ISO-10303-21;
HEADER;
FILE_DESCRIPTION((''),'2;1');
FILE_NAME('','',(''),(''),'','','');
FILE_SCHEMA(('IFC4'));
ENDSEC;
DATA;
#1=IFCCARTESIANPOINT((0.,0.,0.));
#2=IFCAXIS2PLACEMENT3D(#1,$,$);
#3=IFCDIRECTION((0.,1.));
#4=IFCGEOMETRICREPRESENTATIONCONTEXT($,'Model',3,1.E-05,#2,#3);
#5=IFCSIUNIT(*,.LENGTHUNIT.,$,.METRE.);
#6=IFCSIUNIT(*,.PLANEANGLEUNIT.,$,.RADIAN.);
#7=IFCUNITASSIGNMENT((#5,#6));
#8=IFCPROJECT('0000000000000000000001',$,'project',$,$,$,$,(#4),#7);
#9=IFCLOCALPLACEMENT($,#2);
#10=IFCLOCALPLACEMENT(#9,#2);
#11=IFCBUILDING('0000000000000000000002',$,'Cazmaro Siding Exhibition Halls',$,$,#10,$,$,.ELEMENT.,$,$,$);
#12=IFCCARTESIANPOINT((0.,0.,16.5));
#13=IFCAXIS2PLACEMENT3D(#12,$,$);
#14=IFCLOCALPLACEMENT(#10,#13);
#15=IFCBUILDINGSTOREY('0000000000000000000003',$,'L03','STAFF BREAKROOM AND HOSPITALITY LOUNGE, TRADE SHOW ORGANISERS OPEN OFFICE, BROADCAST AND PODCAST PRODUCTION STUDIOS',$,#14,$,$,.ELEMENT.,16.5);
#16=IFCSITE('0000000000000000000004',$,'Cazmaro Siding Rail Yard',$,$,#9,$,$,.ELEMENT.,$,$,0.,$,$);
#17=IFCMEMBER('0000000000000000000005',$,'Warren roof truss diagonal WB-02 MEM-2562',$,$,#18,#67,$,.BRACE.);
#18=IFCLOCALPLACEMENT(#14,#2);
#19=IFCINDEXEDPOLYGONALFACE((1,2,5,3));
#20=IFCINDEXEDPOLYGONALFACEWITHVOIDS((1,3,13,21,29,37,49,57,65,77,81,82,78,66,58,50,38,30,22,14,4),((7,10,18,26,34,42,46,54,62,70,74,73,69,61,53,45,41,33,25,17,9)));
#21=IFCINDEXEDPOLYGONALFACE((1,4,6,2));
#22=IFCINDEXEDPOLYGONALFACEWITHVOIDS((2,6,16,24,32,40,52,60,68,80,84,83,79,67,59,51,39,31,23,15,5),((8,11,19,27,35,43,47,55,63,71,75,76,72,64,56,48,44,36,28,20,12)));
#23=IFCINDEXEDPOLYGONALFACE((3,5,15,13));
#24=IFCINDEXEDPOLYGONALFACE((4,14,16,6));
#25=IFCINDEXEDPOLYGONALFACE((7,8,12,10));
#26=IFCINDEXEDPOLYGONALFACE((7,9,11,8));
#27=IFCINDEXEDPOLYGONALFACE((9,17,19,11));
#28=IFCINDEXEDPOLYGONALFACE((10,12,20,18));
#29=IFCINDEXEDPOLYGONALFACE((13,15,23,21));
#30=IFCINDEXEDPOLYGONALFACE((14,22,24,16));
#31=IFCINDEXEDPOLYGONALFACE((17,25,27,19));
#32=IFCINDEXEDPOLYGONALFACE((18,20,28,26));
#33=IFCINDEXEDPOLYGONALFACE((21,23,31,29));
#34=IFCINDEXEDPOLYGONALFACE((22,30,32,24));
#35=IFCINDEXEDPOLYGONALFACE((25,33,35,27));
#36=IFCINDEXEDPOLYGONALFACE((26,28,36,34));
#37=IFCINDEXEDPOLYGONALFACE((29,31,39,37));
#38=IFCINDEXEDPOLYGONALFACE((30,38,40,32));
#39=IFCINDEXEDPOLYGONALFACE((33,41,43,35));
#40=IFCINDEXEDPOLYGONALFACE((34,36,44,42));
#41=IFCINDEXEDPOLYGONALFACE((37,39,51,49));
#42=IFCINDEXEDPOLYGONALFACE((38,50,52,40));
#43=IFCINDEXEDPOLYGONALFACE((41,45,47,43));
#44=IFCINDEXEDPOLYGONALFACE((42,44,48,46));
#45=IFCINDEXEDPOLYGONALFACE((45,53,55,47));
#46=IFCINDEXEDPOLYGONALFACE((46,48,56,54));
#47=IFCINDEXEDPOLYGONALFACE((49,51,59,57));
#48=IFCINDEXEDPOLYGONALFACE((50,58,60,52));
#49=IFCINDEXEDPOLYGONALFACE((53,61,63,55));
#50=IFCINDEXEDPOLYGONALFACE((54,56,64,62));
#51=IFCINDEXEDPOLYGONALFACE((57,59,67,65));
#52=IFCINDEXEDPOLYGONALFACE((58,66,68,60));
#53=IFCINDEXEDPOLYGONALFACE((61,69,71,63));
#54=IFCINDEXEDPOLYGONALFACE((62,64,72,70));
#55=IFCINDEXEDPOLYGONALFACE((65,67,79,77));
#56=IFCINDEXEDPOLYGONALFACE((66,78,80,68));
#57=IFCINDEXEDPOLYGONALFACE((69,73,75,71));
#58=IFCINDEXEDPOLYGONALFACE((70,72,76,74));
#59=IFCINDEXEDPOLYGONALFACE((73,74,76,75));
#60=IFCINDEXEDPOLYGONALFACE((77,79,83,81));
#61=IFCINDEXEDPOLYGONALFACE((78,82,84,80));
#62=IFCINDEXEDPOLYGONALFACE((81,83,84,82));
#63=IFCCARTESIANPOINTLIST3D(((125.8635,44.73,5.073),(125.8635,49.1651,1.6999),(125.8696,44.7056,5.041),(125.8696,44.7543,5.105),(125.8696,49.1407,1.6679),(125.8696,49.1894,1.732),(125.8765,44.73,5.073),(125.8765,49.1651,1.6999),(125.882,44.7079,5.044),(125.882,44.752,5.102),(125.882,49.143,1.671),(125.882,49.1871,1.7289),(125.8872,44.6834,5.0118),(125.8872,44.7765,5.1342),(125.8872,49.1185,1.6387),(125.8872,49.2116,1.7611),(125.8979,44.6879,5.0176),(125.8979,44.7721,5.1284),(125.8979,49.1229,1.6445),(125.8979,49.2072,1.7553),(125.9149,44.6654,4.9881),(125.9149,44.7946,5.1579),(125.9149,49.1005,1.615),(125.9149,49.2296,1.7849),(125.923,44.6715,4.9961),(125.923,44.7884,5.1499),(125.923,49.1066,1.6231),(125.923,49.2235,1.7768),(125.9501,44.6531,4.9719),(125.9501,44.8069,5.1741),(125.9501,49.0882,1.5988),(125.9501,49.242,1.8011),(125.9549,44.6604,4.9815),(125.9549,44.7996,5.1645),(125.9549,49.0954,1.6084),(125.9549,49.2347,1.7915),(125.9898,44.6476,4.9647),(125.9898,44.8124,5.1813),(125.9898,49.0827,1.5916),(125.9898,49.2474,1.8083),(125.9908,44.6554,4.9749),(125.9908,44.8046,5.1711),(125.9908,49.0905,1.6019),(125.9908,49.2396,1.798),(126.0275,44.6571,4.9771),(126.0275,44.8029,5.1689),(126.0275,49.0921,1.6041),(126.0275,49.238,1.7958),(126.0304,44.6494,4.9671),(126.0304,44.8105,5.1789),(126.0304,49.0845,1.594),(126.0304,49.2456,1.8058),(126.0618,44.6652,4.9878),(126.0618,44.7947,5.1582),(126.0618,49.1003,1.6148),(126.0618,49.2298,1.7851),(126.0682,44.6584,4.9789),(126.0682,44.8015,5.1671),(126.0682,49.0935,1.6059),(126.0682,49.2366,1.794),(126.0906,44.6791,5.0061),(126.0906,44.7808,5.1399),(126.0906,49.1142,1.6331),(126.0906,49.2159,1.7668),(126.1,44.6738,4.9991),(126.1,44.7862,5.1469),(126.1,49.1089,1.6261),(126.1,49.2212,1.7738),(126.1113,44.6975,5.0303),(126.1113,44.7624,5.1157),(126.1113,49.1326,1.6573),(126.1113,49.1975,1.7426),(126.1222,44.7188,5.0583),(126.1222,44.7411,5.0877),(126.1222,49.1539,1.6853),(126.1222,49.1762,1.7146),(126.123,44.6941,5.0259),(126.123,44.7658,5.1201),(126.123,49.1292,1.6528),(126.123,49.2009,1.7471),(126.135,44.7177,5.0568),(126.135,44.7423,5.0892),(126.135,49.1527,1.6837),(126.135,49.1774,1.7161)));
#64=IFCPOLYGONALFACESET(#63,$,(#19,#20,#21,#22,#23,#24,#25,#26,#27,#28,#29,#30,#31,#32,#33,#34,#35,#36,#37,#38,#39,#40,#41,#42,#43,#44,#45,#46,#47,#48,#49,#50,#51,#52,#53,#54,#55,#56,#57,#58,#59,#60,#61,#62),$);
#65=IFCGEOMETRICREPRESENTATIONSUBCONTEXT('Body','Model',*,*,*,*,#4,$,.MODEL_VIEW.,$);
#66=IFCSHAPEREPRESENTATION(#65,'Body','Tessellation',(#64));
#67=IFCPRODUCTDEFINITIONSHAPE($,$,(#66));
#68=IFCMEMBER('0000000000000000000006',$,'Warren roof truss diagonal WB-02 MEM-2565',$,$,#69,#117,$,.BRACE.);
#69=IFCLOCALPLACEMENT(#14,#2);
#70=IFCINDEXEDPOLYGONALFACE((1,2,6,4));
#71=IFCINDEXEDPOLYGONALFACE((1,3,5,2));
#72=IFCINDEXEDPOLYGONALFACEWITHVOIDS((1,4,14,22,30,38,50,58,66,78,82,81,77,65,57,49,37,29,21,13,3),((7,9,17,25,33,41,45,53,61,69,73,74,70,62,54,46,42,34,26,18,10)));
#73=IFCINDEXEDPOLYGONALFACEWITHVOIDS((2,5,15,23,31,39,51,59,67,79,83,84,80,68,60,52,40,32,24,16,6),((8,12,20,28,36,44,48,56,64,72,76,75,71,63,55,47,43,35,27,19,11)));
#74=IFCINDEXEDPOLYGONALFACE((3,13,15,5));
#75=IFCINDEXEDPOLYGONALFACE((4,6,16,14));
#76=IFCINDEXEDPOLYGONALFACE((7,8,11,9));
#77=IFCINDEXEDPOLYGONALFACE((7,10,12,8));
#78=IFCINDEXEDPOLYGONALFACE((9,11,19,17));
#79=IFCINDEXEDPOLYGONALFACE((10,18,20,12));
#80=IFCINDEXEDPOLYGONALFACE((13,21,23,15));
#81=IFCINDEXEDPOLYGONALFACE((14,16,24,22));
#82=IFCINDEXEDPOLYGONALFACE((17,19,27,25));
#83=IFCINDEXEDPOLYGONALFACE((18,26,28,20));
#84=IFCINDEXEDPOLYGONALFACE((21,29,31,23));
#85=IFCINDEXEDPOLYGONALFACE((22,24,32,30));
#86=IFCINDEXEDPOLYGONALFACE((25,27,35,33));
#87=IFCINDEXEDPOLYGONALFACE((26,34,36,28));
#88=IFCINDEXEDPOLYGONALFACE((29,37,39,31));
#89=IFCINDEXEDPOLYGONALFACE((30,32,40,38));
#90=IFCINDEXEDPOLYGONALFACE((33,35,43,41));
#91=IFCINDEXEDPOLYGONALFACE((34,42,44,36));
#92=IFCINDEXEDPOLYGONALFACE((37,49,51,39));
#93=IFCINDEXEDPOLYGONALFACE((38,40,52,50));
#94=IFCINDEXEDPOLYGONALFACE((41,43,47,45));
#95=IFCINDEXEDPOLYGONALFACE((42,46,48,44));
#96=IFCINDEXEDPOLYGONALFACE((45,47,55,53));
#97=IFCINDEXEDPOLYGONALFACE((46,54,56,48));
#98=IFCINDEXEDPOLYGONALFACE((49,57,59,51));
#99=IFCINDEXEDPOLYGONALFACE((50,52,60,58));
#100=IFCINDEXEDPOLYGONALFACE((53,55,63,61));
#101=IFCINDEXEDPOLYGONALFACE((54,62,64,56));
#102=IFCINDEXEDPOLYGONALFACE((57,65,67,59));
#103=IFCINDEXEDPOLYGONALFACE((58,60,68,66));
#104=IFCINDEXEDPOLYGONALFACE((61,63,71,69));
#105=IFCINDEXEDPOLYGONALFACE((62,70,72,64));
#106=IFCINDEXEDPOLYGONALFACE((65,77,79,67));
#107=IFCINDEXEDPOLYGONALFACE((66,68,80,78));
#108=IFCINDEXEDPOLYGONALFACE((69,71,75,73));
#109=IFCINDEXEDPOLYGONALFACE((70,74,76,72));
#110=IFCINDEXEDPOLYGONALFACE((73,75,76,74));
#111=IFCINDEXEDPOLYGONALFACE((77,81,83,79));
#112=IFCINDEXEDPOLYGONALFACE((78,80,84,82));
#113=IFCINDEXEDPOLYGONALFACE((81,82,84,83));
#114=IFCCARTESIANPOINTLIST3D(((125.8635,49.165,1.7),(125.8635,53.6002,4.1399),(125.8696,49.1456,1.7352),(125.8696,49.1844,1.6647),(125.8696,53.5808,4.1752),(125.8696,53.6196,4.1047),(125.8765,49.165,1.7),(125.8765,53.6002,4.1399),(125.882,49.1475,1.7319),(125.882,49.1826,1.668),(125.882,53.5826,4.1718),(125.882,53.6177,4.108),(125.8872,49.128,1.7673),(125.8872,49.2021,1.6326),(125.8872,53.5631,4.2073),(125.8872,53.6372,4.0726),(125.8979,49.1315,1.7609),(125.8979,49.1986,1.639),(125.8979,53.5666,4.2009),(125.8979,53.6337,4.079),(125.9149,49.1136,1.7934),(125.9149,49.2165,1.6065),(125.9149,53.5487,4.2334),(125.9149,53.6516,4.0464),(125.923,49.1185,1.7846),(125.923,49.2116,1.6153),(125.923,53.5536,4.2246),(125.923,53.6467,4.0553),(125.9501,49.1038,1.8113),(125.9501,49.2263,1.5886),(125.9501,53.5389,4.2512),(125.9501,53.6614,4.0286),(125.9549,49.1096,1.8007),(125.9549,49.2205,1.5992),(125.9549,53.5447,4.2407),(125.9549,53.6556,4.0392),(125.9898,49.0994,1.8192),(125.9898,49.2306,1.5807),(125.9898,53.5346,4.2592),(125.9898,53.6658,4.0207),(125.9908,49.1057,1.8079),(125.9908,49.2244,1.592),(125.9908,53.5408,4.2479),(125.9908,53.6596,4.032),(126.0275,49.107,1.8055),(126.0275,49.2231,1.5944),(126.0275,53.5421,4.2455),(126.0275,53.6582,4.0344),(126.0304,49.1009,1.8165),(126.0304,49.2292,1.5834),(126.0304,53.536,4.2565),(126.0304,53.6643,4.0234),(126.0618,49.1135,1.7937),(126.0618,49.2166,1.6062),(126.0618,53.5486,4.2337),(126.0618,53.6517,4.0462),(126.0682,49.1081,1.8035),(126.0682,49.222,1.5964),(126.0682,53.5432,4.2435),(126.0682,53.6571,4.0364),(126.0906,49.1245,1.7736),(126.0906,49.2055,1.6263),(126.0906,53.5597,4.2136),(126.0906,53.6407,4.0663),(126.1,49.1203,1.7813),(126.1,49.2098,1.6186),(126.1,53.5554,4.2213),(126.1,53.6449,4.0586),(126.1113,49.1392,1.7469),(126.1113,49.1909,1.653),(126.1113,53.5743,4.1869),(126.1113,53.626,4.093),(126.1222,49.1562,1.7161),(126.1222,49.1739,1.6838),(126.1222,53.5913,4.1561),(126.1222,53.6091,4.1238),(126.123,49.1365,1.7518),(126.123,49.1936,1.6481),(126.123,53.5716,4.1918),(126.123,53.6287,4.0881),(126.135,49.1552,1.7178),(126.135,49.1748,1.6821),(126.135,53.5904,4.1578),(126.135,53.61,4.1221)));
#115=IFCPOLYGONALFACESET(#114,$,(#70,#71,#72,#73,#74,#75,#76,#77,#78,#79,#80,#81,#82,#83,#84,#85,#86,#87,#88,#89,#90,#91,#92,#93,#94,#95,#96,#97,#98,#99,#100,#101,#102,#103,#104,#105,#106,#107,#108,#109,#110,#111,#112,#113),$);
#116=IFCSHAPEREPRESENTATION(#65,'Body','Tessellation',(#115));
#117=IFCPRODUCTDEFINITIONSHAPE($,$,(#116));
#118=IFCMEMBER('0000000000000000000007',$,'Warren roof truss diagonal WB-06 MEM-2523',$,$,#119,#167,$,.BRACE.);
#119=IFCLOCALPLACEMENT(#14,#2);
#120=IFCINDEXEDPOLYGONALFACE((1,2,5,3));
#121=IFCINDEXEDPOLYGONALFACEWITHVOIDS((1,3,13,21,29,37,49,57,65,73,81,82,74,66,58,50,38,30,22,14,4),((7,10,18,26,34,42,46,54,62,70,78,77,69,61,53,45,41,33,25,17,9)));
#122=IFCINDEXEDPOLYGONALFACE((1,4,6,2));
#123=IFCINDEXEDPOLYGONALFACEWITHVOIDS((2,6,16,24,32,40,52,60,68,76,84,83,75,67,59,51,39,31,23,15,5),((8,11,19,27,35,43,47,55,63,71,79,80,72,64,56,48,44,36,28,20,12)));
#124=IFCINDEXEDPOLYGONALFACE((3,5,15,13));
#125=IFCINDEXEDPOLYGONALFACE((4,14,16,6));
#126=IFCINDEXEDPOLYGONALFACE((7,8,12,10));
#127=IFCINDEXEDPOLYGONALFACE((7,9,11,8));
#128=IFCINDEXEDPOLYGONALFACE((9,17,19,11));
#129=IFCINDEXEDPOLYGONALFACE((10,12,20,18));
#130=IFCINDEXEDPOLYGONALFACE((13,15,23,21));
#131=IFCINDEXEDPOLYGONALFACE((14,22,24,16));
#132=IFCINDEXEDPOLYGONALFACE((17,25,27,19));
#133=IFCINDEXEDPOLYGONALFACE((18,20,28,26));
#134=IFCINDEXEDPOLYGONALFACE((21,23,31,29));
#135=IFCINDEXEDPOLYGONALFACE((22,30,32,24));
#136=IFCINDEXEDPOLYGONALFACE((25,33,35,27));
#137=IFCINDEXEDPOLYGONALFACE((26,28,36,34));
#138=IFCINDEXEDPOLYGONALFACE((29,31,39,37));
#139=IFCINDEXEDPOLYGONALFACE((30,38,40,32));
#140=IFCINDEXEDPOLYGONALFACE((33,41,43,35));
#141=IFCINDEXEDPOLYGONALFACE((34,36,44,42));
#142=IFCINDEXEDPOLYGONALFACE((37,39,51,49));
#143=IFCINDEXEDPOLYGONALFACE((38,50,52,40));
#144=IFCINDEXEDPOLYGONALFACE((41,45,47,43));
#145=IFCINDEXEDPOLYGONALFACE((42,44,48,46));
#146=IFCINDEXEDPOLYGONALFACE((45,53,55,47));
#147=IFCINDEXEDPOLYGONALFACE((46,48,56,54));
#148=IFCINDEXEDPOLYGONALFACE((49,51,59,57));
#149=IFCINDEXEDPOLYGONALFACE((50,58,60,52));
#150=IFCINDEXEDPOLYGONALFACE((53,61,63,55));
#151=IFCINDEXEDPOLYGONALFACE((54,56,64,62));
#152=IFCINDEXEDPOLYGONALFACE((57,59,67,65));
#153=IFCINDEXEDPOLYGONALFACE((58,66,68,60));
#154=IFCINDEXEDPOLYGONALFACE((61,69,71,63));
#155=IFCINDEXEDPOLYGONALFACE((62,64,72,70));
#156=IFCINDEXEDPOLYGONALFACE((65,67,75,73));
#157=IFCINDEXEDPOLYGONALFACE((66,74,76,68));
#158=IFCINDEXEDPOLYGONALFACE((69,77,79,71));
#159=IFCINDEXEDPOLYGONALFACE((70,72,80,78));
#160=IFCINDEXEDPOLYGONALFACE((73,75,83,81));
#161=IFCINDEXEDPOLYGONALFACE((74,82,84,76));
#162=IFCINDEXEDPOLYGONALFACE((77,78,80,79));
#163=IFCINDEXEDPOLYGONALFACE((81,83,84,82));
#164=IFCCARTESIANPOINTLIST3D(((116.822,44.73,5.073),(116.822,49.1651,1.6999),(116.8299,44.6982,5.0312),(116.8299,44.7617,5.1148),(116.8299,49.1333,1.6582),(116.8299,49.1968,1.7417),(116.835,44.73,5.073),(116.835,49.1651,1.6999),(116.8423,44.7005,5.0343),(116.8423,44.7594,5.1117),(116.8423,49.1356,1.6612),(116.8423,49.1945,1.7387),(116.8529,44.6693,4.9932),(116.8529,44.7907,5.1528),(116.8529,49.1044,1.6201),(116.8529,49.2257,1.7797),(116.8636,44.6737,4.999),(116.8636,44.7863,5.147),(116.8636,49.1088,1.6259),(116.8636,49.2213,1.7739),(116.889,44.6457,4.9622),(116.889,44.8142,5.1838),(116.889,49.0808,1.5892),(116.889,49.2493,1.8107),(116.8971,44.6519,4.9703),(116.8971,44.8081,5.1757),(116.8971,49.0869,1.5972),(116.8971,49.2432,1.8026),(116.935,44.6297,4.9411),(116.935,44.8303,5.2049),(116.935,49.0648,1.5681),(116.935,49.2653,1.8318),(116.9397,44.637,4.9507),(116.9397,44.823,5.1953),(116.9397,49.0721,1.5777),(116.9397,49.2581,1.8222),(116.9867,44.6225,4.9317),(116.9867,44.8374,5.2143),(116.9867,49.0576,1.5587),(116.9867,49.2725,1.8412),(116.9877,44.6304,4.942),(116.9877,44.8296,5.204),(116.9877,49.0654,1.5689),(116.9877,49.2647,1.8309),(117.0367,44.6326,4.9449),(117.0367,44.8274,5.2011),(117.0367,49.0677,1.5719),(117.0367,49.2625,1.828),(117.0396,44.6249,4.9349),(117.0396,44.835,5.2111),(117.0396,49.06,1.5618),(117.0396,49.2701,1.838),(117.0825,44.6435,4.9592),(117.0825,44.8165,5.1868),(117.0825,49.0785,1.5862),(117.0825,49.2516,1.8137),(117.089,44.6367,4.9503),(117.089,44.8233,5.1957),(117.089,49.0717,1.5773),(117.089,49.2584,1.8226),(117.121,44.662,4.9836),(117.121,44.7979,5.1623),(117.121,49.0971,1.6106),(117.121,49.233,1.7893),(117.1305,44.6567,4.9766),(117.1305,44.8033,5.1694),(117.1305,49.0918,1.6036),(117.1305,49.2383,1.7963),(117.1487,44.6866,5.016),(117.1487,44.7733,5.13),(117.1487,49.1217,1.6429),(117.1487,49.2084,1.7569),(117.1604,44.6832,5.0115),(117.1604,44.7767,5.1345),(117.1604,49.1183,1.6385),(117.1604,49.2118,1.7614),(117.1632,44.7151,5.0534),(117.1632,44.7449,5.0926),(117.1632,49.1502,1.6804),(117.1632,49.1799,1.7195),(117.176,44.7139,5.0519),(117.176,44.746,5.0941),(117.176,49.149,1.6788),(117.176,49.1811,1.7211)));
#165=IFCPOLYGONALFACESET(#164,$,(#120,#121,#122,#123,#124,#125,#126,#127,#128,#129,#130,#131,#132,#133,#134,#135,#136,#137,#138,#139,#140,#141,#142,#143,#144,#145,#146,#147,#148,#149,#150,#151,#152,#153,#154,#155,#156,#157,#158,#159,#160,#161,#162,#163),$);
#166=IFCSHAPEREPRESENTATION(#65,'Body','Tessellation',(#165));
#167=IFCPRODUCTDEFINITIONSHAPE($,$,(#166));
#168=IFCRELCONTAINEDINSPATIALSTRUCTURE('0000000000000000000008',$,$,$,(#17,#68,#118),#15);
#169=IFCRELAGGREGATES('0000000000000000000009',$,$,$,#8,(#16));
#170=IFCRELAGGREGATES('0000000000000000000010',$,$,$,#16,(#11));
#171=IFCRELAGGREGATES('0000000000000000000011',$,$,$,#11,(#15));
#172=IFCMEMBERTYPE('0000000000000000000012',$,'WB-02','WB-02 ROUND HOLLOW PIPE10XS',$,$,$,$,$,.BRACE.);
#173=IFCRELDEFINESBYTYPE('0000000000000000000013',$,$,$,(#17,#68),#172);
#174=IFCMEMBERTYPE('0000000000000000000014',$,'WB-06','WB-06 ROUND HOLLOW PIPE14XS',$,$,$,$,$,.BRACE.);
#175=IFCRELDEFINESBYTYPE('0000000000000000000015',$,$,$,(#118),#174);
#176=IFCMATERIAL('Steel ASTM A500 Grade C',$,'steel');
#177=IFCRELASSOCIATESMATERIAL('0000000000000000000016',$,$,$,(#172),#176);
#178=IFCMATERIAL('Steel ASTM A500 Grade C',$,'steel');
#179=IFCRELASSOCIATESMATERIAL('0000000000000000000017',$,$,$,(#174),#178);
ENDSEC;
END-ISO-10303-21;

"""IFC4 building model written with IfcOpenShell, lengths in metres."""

from ifc_helpers import new_model, si_unit, direction, frame, origin, origin_2d, place, context, subcontext, project, spatial, hollow_circle, extrude, material, material_profile, profile_set, type_object, element, save


model = new_model("IFC4")

# Units and contexts
model_context = context("Model", 3, precision=1e-05, world=origin(), true_north=direction((0.0, 1.0)))
body_context = subcontext(model_context, "Body", "Model", "MODEL_VIEW")
ifc_project = project(units=[si_unit("LENGTHUNIT", "METRE"), si_unit("PLANEANGLEUNIT", "RADIAN")], contexts=[model_context])

# Site, building, storey
site_placement = place(None, origin())
site = spatial("IfcSite", under=ifc_project, at=site_placement, Name="Cazmaro Siding Rail Yard", CompositionType="ELEMENT", RefElevation=0.0)
building_placement = place(site_placement, origin())
building = spatial("IfcBuilding", under=site, at=building_placement, Name="Cazmaro Siding Exhibition Halls", CompositionType="ELEMENT")
storey_placement = place(building_placement, frame((0.0, 0.0, 16.5)))
storey = spatial("IfcBuildingStorey", under=building, at=storey_placement, Name="L03", Description="STAFF BREAKROOM AND HOSPITALITY LOUNGE, TRADE SHOW ORGANISERS OPEN OFFICE, BROADCAST AND PODCAST PRODUCTION STUDIOS", CompositionType="ELEMENT", Elevation=16.5)

# Members
ifc_material_1 = material(Name="Steel ASTM A500 Grade C", Category="steel")
ifc_material_profile_1 = material_profile(ifc_material_1, hollow_circle(Radius=0.1365, WallThickness=0.0129, at=origin_2d()), Name="PIPE10XS")
ifc_profile_set_1 = profile_set([ifc_material_profile_1], Name="Steel ASTM A500 Grade C")
member_type_1 = type_object("IfcMemberType", Name="WB-02", Description="WB-02 ROUND HOLLOW PIPE10XS", PredefinedType="BRACE", material=ifc_profile_set_1)
member_1_placement = place(storey_placement, frame((126.0, 44.73, 5.073), z_axis=(0.0, 0.795954, -0.605357), x_axis=(-1.0, 0.0, 0.0)))
element("IfcMember", 1, at=member_1_placement, inside=storey, type_object=member_type_1, Name="Warren roof truss diagonal WB-02 MEM-2562", PredefinedType="BRACE", context=body_context, shape_type="SweptSolid", body=[
    extrude(hollow_circle(Radius=0.1365, WallThickness=0.0129, at=origin_2d()), origin(), (0.0, 0.0, 1.0), 5.572),
])
member_2_placement = place(storey_placement, frame((126.0, 49.165, 1.7), z_axis=(0.0, 0.876161, 0.482019), x_axis=(-1.0, 0.0, 0.0)))
element("IfcMember", 2, at=member_2_placement, inside=storey, type_object=member_type_1, Name="Warren roof truss diagonal WB-02 MEM-2565", PredefinedType="BRACE", context=body_context, shape_type="SweptSolid", body=[
    extrude(hollow_circle(Radius=0.1365, WallThickness=0.0129, at=origin_2d()), origin(), (0.0, 0.0, 1.0), 5.062),
])
ifc_material_2 = material(Name="Steel ASTM A500 Grade C", Category="steel")
ifc_material_profile_2 = material_profile(ifc_material_2, hollow_circle(Radius=0.178, WallThickness=0.0129, at=origin_2d()), Name="PIPE14XS")
ifc_profile_set_2 = profile_set([ifc_material_profile_2], Name="Steel ASTM A500 Grade C")
member_type_2 = type_object("IfcMemberType", Name="WB-06", Description="WB-06 ROUND HOLLOW PIPE14XS", PredefinedType="BRACE", material=ifc_profile_set_2)
member_3_placement = place(storey_placement, frame((117.0, 44.73, 5.073), z_axis=(0.0, 0.795954, -0.605357), x_axis=(-1.0, 0.0, 0.0)))
element("IfcMember", 3, at=member_3_placement, inside=storey, type_object=member_type_2, Name="Warren roof truss diagonal WB-06 MEM-2523", PredefinedType="BRACE", context=body_context, shape_type="SweptSolid", body=[
    extrude(hollow_circle(Radius=0.178, WallThickness=0.0129, at=origin_2d()), origin(), (0.0, 0.0, 1.0), 5.572),
])

save(model, "model.ifc")
